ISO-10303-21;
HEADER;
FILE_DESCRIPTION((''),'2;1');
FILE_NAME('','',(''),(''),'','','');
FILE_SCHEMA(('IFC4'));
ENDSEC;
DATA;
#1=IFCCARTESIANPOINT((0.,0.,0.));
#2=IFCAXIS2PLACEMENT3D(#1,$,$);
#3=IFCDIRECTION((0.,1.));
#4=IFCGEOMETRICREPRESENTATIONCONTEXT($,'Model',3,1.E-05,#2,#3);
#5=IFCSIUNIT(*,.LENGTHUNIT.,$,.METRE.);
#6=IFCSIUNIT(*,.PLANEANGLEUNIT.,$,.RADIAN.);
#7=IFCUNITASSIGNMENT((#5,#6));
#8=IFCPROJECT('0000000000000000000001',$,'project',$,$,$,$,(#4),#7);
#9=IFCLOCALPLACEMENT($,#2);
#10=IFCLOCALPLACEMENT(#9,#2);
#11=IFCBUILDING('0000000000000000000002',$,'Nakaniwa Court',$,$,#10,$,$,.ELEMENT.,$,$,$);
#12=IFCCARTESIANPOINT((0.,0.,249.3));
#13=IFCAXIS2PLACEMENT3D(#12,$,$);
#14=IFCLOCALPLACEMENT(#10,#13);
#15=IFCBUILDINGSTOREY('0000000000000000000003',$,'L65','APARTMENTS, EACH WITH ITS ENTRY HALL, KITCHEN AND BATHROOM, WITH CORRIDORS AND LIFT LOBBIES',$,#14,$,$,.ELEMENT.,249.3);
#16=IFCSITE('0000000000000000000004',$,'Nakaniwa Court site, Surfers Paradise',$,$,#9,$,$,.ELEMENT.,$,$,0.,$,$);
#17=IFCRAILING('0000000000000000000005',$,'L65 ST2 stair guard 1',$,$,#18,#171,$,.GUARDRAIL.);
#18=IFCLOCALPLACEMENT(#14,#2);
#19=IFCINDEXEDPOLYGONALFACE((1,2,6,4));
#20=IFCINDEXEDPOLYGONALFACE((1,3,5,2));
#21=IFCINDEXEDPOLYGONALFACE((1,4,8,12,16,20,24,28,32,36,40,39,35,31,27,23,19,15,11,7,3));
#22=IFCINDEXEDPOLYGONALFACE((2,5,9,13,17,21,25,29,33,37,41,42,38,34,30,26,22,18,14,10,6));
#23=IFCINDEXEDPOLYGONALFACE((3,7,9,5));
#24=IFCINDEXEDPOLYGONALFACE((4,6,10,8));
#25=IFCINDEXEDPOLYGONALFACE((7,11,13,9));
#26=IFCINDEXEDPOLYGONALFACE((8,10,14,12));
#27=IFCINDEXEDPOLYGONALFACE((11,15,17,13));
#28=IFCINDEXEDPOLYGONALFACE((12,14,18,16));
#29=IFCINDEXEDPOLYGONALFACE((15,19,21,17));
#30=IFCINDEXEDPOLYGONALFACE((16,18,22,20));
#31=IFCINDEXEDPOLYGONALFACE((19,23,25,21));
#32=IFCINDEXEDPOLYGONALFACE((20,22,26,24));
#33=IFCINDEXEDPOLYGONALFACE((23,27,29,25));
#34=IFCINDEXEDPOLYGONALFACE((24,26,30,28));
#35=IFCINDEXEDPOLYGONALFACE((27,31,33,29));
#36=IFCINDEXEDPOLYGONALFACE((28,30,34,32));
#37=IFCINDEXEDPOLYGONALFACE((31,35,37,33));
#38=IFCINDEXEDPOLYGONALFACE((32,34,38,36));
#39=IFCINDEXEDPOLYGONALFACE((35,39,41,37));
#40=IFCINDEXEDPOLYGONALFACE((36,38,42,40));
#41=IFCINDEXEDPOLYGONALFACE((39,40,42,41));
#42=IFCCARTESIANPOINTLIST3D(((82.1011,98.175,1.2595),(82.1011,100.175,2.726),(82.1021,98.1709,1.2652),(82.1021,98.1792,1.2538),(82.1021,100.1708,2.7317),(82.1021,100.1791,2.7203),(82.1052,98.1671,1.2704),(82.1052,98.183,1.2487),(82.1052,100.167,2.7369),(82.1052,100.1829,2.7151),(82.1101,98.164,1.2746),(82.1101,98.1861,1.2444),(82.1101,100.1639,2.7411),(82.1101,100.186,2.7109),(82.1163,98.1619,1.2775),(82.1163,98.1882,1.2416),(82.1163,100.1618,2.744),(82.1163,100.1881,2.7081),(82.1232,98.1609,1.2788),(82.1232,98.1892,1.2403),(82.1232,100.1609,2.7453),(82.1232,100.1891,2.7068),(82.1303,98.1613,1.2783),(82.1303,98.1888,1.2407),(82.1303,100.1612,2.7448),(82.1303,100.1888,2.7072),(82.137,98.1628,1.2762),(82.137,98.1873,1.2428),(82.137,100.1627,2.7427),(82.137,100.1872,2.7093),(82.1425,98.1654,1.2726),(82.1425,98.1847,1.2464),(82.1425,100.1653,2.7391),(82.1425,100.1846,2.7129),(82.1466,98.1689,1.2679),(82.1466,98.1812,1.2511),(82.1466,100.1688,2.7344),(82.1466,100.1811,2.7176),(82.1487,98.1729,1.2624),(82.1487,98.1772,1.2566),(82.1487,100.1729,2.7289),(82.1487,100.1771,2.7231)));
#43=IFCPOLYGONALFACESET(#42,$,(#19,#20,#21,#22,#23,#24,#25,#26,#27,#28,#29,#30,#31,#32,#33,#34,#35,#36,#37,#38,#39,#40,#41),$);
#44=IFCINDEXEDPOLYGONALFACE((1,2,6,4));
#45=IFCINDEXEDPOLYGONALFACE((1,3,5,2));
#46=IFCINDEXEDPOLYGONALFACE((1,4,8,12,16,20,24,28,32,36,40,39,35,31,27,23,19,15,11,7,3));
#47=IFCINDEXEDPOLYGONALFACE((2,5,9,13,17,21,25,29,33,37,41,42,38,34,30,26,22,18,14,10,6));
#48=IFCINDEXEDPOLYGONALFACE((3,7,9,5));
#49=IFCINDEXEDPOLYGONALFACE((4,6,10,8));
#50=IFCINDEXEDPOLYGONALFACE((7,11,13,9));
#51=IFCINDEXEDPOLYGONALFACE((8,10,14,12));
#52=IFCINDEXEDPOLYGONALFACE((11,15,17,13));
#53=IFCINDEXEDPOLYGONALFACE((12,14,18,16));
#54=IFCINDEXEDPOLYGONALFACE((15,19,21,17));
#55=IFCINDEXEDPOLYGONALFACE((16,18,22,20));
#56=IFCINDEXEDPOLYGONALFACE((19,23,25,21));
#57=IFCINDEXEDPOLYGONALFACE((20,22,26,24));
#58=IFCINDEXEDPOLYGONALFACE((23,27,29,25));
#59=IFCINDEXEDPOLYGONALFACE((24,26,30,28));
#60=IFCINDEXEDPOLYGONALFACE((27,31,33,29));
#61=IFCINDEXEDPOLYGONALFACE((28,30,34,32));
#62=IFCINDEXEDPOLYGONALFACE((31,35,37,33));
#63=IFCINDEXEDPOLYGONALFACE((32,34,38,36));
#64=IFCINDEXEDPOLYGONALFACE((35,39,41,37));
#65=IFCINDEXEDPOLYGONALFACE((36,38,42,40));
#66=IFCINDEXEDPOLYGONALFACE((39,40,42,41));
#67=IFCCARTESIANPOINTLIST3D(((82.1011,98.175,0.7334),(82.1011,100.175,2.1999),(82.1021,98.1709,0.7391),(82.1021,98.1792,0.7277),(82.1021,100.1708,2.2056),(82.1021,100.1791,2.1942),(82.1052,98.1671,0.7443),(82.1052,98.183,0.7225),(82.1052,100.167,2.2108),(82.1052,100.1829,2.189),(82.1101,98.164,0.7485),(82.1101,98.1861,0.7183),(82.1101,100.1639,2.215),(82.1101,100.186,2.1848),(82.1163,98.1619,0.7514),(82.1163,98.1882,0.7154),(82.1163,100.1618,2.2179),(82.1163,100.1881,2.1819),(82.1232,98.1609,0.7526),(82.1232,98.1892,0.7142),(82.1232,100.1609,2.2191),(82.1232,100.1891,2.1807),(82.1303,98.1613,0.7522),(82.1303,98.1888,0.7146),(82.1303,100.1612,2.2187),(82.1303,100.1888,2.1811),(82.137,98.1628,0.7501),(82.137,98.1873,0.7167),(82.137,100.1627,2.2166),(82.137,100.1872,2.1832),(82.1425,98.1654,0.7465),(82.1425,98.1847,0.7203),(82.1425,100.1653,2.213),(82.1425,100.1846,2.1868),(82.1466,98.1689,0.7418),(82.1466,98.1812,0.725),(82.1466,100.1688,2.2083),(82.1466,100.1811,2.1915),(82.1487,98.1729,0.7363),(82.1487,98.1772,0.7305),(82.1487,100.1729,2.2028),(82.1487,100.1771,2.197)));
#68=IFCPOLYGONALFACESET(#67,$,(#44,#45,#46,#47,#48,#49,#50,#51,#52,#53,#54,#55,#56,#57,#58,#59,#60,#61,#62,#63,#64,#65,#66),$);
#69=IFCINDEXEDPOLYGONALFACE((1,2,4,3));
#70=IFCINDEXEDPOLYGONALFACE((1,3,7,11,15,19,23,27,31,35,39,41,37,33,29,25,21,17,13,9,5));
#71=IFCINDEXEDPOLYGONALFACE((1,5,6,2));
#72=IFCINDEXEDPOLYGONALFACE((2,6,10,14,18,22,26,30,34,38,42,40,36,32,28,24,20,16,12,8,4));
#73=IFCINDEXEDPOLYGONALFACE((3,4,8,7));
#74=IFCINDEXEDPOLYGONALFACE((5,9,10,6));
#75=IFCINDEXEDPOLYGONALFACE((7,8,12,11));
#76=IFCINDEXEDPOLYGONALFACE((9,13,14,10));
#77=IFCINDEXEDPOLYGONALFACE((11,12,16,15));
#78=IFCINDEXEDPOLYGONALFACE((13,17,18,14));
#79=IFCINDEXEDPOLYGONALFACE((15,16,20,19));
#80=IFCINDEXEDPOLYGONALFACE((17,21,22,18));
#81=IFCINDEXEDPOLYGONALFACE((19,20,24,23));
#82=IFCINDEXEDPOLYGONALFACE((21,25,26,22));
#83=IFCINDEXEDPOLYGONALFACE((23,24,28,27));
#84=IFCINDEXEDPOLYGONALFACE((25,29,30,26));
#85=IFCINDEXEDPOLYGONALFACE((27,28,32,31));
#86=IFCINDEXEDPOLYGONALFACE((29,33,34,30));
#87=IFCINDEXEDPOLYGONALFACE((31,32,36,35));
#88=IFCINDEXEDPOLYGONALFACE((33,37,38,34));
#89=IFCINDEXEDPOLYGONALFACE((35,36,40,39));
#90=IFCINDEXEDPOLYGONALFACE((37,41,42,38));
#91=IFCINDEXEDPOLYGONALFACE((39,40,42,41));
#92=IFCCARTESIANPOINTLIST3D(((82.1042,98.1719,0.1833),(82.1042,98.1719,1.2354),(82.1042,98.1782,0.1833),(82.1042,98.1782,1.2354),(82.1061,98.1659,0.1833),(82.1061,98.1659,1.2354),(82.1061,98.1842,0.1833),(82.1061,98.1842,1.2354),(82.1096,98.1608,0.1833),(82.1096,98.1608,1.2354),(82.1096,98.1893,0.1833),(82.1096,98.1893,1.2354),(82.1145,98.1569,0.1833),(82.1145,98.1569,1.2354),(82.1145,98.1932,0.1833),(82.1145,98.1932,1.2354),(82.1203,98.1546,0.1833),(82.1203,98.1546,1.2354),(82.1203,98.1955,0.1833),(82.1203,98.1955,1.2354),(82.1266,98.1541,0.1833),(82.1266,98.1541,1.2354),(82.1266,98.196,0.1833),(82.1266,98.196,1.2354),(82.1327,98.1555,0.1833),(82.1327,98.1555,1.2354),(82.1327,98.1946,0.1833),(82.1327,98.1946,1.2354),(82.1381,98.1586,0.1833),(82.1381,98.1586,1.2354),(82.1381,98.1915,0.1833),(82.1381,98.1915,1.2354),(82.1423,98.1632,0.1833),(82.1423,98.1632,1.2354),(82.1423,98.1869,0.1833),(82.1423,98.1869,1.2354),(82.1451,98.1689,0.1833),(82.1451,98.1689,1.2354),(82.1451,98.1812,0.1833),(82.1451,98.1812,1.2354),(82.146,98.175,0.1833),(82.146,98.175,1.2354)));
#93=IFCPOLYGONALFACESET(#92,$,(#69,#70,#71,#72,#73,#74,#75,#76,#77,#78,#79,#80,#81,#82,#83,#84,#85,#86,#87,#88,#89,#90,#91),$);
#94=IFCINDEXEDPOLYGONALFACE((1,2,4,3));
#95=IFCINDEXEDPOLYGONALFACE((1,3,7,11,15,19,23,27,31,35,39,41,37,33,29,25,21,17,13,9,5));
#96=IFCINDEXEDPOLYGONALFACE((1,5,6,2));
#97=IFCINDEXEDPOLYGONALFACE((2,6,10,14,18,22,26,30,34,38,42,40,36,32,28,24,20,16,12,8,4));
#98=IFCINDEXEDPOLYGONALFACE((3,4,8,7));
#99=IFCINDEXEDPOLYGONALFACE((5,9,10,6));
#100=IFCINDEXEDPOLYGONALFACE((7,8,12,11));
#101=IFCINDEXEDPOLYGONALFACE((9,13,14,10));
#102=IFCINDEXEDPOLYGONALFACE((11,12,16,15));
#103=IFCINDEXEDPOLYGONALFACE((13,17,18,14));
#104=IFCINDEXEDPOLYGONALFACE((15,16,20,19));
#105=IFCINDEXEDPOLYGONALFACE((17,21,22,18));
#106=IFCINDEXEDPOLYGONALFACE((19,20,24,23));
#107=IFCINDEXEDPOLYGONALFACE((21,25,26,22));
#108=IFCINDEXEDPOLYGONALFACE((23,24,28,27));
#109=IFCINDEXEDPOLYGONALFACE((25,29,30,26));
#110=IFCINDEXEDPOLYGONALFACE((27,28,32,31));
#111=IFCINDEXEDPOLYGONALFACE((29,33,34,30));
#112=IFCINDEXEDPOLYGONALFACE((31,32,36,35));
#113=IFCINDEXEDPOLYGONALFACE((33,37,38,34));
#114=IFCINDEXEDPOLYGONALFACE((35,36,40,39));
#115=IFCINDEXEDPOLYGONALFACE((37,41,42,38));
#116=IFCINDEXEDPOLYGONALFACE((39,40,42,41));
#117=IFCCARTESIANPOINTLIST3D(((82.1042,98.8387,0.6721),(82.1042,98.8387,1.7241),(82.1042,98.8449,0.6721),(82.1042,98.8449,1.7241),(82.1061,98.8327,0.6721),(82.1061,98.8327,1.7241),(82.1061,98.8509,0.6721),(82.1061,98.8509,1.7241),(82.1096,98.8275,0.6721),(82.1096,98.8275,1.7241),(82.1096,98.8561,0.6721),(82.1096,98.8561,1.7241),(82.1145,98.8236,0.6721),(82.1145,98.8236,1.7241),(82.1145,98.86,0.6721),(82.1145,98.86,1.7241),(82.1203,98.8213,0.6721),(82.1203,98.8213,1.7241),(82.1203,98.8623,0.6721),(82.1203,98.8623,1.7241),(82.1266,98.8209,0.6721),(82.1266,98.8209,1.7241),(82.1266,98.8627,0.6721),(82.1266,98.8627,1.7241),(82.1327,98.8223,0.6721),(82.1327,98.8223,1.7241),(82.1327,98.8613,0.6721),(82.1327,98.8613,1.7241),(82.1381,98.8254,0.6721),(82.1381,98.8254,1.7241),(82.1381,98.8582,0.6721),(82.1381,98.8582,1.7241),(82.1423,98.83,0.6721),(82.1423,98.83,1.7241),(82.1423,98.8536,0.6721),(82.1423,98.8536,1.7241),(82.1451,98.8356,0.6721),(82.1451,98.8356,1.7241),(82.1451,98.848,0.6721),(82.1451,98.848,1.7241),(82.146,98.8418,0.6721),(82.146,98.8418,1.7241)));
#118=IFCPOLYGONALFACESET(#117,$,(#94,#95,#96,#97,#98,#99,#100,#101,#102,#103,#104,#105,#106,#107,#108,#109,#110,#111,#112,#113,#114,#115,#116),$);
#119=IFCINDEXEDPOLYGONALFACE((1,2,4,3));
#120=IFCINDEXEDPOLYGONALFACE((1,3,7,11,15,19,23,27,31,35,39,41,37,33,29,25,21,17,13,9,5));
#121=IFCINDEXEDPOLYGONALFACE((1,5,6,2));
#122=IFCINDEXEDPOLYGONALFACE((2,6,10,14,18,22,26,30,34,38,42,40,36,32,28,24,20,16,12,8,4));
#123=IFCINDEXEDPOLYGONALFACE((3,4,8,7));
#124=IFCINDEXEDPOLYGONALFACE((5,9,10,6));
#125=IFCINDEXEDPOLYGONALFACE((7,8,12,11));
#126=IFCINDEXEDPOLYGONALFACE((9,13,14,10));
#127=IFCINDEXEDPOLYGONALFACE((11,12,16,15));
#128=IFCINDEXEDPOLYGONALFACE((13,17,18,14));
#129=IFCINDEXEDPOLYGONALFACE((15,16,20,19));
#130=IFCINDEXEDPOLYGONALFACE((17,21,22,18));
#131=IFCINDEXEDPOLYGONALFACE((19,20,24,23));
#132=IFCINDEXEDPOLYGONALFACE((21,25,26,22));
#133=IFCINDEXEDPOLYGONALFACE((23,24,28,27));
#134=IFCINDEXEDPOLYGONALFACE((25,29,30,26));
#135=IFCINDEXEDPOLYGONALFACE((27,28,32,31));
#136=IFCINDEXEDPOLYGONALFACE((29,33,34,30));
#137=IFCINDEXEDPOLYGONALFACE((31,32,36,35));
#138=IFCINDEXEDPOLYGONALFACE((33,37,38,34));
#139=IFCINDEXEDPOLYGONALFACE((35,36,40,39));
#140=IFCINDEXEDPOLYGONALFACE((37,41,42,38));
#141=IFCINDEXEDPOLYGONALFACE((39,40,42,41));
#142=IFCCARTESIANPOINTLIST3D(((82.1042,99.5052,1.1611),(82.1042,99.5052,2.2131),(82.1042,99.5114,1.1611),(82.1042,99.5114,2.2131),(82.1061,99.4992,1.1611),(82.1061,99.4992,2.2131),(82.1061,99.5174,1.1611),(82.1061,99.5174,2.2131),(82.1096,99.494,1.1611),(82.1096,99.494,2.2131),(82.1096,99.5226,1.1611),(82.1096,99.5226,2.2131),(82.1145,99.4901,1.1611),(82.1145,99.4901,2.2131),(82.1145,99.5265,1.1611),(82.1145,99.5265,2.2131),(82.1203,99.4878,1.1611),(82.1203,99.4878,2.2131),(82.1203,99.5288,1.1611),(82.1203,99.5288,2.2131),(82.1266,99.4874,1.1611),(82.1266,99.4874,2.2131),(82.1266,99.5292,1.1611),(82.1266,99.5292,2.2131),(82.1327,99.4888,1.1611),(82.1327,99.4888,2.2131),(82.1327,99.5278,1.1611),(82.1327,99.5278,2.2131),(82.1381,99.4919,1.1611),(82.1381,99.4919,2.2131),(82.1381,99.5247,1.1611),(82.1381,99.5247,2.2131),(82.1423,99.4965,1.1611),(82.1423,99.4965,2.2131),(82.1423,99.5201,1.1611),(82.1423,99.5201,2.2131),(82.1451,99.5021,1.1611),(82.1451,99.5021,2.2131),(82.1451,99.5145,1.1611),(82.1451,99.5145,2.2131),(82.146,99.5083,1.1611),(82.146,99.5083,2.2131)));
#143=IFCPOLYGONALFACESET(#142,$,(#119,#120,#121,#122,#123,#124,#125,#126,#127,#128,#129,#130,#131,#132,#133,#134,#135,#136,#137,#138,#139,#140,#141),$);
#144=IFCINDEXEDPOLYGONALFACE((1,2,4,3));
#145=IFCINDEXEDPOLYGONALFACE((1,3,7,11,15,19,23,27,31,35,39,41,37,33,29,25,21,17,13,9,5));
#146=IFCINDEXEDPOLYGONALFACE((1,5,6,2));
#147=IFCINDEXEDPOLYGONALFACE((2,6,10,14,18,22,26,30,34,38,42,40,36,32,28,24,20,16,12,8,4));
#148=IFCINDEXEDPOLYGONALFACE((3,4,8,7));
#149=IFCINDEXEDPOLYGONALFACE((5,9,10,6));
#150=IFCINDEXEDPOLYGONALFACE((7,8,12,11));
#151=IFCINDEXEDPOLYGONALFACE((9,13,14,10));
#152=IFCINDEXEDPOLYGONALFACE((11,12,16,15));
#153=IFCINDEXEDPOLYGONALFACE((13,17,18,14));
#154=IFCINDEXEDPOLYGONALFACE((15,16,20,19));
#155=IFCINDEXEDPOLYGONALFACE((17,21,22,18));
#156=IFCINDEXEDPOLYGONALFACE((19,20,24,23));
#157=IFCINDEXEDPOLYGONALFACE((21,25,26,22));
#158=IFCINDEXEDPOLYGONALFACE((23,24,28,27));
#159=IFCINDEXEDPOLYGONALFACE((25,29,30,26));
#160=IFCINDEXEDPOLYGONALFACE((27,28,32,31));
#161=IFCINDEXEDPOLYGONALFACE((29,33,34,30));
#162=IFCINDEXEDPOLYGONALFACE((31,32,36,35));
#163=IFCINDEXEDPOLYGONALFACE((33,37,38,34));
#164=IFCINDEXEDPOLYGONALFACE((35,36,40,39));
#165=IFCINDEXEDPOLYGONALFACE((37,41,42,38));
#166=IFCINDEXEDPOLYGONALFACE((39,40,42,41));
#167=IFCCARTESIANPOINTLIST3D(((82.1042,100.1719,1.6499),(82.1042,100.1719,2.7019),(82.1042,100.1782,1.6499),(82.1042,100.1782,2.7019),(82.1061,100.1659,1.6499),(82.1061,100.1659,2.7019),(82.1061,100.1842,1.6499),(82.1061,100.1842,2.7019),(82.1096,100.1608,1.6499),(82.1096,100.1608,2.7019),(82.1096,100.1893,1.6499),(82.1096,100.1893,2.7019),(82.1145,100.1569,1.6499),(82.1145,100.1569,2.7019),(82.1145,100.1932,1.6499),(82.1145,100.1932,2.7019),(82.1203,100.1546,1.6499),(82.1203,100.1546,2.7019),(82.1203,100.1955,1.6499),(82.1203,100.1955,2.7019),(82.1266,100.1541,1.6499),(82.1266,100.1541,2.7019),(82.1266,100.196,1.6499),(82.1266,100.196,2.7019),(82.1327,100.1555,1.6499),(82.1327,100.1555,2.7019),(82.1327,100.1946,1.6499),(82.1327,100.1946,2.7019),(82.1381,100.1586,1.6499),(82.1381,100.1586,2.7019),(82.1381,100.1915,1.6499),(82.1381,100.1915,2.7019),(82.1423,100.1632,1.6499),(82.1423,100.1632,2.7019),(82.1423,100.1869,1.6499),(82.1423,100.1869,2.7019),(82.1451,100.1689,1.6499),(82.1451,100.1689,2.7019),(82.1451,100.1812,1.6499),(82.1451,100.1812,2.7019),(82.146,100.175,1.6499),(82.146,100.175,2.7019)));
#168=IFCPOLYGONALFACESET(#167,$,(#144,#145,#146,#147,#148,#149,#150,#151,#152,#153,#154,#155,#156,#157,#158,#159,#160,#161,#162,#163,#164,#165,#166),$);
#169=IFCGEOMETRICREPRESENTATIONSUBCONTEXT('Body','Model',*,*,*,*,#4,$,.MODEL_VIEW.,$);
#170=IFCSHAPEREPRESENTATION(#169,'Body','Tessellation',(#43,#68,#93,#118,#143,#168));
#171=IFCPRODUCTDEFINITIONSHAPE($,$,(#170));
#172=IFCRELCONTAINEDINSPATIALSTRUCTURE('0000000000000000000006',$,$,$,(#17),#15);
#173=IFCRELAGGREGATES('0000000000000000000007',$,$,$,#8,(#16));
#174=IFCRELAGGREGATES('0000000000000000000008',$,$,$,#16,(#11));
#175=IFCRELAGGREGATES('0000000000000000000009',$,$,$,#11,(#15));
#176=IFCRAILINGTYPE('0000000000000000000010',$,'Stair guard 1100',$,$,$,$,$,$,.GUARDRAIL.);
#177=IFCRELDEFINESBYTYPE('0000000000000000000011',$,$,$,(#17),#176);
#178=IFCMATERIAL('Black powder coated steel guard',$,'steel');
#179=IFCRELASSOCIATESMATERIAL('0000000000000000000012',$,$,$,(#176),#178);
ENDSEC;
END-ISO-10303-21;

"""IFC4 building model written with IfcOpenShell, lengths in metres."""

from ifc_helpers import new_model, si_unit, direction, frame, origin, origin_2d, place, context, subcontext, project, spatial, circle, extrude, material, type_object, element, save


model = new_model("IFC4")

# Units and contexts
model_context = context("Model", 3, precision=1e-05, world=origin(), true_north=direction((0.0, 1.0)))
body_context = subcontext(model_context, "Body", "Model", "MODEL_VIEW")
ifc_project = project(units=[si_unit("LENGTHUNIT", "METRE"), si_unit("PLANEANGLEUNIT", "RADIAN")], contexts=[model_context])

# Site, building, storey
site_placement = place(None, origin())
site = spatial("IfcSite", under=ifc_project, at=site_placement, Name="Nakaniwa Court site, Surfers Paradise", CompositionType="ELEMENT", RefElevation=0.0)
building_placement = place(site_placement, origin())
building = spatial("IfcBuilding", under=site, at=building_placement, Name="Nakaniwa Court", CompositionType="ELEMENT")
storey_placement = place(building_placement, frame((0.0, 0.0, 249.3)))
storey = spatial("IfcBuildingStorey", under=building, at=storey_placement, Name="L65", Description="APARTMENTS, EACH WITH ITS ENTRY HALL, KITCHEN AND BATHROOM, WITH CORRIDORS AND LIFT LOBBIES", CompositionType="ELEMENT", Elevation=249.3)

# Railing
ifc_material_1 = material(Name="Black powder coated steel guard", Category="steel")
railing_type_1 = type_object("IfcRailingType", Name="Stair guard 1100", PredefinedType="GUARDRAIL", material=ifc_material_1)
railing_1_placement = place(storey_placement, frame((82.125, 98.175, 0.1833)))
element("IfcRailing", 1, at=railing_1_placement, inside=storey, type_object=railing_type_1, Name="L65 ST2 stair guard 1", PredefinedType="GUARDRAIL", context=body_context, shape_type="SweptSolid", body=[
    extrude(circle(Radius=0.0239, at=origin_2d()), frame((0.0, 0.0, 1.0762), z_axis=(0.0, 0.806427, 0.591334), x_axis=(-1.0, 0.0, 0.0)), (0.0, 0.0, 1.0), 2.48),
    extrude(circle(Radius=0.0239, at=origin_2d()), frame((0.0, 0.0, 0.55), z_axis=(0.0, 0.806427, 0.591334), x_axis=(-1.0, 0.0, 0.0)), (0.0, 0.0, 1.0), 2.48),
    extrude(circle(Radius=0.021, at=origin_2d()), origin(), (0.0, 0.0, 1.0), 1.052),
    extrude(circle(Radius=0.021, at=origin_2d()), frame((0.0, 0.6667, 0.4888)), (0.0, 0.0, 1.0), 1.052),
    extrude(circle(Radius=0.021, at=origin_2d()), frame((0.0, 1.3333, 0.9778)), (0.0, 0.0, 1.0), 1.052),
    extrude(circle(Radius=0.021, at=origin_2d()), frame((0.0, 2.0, 1.4666)), (0.0, 0.0, 1.0), 1.052),
])

save(model, "model.ifc")
